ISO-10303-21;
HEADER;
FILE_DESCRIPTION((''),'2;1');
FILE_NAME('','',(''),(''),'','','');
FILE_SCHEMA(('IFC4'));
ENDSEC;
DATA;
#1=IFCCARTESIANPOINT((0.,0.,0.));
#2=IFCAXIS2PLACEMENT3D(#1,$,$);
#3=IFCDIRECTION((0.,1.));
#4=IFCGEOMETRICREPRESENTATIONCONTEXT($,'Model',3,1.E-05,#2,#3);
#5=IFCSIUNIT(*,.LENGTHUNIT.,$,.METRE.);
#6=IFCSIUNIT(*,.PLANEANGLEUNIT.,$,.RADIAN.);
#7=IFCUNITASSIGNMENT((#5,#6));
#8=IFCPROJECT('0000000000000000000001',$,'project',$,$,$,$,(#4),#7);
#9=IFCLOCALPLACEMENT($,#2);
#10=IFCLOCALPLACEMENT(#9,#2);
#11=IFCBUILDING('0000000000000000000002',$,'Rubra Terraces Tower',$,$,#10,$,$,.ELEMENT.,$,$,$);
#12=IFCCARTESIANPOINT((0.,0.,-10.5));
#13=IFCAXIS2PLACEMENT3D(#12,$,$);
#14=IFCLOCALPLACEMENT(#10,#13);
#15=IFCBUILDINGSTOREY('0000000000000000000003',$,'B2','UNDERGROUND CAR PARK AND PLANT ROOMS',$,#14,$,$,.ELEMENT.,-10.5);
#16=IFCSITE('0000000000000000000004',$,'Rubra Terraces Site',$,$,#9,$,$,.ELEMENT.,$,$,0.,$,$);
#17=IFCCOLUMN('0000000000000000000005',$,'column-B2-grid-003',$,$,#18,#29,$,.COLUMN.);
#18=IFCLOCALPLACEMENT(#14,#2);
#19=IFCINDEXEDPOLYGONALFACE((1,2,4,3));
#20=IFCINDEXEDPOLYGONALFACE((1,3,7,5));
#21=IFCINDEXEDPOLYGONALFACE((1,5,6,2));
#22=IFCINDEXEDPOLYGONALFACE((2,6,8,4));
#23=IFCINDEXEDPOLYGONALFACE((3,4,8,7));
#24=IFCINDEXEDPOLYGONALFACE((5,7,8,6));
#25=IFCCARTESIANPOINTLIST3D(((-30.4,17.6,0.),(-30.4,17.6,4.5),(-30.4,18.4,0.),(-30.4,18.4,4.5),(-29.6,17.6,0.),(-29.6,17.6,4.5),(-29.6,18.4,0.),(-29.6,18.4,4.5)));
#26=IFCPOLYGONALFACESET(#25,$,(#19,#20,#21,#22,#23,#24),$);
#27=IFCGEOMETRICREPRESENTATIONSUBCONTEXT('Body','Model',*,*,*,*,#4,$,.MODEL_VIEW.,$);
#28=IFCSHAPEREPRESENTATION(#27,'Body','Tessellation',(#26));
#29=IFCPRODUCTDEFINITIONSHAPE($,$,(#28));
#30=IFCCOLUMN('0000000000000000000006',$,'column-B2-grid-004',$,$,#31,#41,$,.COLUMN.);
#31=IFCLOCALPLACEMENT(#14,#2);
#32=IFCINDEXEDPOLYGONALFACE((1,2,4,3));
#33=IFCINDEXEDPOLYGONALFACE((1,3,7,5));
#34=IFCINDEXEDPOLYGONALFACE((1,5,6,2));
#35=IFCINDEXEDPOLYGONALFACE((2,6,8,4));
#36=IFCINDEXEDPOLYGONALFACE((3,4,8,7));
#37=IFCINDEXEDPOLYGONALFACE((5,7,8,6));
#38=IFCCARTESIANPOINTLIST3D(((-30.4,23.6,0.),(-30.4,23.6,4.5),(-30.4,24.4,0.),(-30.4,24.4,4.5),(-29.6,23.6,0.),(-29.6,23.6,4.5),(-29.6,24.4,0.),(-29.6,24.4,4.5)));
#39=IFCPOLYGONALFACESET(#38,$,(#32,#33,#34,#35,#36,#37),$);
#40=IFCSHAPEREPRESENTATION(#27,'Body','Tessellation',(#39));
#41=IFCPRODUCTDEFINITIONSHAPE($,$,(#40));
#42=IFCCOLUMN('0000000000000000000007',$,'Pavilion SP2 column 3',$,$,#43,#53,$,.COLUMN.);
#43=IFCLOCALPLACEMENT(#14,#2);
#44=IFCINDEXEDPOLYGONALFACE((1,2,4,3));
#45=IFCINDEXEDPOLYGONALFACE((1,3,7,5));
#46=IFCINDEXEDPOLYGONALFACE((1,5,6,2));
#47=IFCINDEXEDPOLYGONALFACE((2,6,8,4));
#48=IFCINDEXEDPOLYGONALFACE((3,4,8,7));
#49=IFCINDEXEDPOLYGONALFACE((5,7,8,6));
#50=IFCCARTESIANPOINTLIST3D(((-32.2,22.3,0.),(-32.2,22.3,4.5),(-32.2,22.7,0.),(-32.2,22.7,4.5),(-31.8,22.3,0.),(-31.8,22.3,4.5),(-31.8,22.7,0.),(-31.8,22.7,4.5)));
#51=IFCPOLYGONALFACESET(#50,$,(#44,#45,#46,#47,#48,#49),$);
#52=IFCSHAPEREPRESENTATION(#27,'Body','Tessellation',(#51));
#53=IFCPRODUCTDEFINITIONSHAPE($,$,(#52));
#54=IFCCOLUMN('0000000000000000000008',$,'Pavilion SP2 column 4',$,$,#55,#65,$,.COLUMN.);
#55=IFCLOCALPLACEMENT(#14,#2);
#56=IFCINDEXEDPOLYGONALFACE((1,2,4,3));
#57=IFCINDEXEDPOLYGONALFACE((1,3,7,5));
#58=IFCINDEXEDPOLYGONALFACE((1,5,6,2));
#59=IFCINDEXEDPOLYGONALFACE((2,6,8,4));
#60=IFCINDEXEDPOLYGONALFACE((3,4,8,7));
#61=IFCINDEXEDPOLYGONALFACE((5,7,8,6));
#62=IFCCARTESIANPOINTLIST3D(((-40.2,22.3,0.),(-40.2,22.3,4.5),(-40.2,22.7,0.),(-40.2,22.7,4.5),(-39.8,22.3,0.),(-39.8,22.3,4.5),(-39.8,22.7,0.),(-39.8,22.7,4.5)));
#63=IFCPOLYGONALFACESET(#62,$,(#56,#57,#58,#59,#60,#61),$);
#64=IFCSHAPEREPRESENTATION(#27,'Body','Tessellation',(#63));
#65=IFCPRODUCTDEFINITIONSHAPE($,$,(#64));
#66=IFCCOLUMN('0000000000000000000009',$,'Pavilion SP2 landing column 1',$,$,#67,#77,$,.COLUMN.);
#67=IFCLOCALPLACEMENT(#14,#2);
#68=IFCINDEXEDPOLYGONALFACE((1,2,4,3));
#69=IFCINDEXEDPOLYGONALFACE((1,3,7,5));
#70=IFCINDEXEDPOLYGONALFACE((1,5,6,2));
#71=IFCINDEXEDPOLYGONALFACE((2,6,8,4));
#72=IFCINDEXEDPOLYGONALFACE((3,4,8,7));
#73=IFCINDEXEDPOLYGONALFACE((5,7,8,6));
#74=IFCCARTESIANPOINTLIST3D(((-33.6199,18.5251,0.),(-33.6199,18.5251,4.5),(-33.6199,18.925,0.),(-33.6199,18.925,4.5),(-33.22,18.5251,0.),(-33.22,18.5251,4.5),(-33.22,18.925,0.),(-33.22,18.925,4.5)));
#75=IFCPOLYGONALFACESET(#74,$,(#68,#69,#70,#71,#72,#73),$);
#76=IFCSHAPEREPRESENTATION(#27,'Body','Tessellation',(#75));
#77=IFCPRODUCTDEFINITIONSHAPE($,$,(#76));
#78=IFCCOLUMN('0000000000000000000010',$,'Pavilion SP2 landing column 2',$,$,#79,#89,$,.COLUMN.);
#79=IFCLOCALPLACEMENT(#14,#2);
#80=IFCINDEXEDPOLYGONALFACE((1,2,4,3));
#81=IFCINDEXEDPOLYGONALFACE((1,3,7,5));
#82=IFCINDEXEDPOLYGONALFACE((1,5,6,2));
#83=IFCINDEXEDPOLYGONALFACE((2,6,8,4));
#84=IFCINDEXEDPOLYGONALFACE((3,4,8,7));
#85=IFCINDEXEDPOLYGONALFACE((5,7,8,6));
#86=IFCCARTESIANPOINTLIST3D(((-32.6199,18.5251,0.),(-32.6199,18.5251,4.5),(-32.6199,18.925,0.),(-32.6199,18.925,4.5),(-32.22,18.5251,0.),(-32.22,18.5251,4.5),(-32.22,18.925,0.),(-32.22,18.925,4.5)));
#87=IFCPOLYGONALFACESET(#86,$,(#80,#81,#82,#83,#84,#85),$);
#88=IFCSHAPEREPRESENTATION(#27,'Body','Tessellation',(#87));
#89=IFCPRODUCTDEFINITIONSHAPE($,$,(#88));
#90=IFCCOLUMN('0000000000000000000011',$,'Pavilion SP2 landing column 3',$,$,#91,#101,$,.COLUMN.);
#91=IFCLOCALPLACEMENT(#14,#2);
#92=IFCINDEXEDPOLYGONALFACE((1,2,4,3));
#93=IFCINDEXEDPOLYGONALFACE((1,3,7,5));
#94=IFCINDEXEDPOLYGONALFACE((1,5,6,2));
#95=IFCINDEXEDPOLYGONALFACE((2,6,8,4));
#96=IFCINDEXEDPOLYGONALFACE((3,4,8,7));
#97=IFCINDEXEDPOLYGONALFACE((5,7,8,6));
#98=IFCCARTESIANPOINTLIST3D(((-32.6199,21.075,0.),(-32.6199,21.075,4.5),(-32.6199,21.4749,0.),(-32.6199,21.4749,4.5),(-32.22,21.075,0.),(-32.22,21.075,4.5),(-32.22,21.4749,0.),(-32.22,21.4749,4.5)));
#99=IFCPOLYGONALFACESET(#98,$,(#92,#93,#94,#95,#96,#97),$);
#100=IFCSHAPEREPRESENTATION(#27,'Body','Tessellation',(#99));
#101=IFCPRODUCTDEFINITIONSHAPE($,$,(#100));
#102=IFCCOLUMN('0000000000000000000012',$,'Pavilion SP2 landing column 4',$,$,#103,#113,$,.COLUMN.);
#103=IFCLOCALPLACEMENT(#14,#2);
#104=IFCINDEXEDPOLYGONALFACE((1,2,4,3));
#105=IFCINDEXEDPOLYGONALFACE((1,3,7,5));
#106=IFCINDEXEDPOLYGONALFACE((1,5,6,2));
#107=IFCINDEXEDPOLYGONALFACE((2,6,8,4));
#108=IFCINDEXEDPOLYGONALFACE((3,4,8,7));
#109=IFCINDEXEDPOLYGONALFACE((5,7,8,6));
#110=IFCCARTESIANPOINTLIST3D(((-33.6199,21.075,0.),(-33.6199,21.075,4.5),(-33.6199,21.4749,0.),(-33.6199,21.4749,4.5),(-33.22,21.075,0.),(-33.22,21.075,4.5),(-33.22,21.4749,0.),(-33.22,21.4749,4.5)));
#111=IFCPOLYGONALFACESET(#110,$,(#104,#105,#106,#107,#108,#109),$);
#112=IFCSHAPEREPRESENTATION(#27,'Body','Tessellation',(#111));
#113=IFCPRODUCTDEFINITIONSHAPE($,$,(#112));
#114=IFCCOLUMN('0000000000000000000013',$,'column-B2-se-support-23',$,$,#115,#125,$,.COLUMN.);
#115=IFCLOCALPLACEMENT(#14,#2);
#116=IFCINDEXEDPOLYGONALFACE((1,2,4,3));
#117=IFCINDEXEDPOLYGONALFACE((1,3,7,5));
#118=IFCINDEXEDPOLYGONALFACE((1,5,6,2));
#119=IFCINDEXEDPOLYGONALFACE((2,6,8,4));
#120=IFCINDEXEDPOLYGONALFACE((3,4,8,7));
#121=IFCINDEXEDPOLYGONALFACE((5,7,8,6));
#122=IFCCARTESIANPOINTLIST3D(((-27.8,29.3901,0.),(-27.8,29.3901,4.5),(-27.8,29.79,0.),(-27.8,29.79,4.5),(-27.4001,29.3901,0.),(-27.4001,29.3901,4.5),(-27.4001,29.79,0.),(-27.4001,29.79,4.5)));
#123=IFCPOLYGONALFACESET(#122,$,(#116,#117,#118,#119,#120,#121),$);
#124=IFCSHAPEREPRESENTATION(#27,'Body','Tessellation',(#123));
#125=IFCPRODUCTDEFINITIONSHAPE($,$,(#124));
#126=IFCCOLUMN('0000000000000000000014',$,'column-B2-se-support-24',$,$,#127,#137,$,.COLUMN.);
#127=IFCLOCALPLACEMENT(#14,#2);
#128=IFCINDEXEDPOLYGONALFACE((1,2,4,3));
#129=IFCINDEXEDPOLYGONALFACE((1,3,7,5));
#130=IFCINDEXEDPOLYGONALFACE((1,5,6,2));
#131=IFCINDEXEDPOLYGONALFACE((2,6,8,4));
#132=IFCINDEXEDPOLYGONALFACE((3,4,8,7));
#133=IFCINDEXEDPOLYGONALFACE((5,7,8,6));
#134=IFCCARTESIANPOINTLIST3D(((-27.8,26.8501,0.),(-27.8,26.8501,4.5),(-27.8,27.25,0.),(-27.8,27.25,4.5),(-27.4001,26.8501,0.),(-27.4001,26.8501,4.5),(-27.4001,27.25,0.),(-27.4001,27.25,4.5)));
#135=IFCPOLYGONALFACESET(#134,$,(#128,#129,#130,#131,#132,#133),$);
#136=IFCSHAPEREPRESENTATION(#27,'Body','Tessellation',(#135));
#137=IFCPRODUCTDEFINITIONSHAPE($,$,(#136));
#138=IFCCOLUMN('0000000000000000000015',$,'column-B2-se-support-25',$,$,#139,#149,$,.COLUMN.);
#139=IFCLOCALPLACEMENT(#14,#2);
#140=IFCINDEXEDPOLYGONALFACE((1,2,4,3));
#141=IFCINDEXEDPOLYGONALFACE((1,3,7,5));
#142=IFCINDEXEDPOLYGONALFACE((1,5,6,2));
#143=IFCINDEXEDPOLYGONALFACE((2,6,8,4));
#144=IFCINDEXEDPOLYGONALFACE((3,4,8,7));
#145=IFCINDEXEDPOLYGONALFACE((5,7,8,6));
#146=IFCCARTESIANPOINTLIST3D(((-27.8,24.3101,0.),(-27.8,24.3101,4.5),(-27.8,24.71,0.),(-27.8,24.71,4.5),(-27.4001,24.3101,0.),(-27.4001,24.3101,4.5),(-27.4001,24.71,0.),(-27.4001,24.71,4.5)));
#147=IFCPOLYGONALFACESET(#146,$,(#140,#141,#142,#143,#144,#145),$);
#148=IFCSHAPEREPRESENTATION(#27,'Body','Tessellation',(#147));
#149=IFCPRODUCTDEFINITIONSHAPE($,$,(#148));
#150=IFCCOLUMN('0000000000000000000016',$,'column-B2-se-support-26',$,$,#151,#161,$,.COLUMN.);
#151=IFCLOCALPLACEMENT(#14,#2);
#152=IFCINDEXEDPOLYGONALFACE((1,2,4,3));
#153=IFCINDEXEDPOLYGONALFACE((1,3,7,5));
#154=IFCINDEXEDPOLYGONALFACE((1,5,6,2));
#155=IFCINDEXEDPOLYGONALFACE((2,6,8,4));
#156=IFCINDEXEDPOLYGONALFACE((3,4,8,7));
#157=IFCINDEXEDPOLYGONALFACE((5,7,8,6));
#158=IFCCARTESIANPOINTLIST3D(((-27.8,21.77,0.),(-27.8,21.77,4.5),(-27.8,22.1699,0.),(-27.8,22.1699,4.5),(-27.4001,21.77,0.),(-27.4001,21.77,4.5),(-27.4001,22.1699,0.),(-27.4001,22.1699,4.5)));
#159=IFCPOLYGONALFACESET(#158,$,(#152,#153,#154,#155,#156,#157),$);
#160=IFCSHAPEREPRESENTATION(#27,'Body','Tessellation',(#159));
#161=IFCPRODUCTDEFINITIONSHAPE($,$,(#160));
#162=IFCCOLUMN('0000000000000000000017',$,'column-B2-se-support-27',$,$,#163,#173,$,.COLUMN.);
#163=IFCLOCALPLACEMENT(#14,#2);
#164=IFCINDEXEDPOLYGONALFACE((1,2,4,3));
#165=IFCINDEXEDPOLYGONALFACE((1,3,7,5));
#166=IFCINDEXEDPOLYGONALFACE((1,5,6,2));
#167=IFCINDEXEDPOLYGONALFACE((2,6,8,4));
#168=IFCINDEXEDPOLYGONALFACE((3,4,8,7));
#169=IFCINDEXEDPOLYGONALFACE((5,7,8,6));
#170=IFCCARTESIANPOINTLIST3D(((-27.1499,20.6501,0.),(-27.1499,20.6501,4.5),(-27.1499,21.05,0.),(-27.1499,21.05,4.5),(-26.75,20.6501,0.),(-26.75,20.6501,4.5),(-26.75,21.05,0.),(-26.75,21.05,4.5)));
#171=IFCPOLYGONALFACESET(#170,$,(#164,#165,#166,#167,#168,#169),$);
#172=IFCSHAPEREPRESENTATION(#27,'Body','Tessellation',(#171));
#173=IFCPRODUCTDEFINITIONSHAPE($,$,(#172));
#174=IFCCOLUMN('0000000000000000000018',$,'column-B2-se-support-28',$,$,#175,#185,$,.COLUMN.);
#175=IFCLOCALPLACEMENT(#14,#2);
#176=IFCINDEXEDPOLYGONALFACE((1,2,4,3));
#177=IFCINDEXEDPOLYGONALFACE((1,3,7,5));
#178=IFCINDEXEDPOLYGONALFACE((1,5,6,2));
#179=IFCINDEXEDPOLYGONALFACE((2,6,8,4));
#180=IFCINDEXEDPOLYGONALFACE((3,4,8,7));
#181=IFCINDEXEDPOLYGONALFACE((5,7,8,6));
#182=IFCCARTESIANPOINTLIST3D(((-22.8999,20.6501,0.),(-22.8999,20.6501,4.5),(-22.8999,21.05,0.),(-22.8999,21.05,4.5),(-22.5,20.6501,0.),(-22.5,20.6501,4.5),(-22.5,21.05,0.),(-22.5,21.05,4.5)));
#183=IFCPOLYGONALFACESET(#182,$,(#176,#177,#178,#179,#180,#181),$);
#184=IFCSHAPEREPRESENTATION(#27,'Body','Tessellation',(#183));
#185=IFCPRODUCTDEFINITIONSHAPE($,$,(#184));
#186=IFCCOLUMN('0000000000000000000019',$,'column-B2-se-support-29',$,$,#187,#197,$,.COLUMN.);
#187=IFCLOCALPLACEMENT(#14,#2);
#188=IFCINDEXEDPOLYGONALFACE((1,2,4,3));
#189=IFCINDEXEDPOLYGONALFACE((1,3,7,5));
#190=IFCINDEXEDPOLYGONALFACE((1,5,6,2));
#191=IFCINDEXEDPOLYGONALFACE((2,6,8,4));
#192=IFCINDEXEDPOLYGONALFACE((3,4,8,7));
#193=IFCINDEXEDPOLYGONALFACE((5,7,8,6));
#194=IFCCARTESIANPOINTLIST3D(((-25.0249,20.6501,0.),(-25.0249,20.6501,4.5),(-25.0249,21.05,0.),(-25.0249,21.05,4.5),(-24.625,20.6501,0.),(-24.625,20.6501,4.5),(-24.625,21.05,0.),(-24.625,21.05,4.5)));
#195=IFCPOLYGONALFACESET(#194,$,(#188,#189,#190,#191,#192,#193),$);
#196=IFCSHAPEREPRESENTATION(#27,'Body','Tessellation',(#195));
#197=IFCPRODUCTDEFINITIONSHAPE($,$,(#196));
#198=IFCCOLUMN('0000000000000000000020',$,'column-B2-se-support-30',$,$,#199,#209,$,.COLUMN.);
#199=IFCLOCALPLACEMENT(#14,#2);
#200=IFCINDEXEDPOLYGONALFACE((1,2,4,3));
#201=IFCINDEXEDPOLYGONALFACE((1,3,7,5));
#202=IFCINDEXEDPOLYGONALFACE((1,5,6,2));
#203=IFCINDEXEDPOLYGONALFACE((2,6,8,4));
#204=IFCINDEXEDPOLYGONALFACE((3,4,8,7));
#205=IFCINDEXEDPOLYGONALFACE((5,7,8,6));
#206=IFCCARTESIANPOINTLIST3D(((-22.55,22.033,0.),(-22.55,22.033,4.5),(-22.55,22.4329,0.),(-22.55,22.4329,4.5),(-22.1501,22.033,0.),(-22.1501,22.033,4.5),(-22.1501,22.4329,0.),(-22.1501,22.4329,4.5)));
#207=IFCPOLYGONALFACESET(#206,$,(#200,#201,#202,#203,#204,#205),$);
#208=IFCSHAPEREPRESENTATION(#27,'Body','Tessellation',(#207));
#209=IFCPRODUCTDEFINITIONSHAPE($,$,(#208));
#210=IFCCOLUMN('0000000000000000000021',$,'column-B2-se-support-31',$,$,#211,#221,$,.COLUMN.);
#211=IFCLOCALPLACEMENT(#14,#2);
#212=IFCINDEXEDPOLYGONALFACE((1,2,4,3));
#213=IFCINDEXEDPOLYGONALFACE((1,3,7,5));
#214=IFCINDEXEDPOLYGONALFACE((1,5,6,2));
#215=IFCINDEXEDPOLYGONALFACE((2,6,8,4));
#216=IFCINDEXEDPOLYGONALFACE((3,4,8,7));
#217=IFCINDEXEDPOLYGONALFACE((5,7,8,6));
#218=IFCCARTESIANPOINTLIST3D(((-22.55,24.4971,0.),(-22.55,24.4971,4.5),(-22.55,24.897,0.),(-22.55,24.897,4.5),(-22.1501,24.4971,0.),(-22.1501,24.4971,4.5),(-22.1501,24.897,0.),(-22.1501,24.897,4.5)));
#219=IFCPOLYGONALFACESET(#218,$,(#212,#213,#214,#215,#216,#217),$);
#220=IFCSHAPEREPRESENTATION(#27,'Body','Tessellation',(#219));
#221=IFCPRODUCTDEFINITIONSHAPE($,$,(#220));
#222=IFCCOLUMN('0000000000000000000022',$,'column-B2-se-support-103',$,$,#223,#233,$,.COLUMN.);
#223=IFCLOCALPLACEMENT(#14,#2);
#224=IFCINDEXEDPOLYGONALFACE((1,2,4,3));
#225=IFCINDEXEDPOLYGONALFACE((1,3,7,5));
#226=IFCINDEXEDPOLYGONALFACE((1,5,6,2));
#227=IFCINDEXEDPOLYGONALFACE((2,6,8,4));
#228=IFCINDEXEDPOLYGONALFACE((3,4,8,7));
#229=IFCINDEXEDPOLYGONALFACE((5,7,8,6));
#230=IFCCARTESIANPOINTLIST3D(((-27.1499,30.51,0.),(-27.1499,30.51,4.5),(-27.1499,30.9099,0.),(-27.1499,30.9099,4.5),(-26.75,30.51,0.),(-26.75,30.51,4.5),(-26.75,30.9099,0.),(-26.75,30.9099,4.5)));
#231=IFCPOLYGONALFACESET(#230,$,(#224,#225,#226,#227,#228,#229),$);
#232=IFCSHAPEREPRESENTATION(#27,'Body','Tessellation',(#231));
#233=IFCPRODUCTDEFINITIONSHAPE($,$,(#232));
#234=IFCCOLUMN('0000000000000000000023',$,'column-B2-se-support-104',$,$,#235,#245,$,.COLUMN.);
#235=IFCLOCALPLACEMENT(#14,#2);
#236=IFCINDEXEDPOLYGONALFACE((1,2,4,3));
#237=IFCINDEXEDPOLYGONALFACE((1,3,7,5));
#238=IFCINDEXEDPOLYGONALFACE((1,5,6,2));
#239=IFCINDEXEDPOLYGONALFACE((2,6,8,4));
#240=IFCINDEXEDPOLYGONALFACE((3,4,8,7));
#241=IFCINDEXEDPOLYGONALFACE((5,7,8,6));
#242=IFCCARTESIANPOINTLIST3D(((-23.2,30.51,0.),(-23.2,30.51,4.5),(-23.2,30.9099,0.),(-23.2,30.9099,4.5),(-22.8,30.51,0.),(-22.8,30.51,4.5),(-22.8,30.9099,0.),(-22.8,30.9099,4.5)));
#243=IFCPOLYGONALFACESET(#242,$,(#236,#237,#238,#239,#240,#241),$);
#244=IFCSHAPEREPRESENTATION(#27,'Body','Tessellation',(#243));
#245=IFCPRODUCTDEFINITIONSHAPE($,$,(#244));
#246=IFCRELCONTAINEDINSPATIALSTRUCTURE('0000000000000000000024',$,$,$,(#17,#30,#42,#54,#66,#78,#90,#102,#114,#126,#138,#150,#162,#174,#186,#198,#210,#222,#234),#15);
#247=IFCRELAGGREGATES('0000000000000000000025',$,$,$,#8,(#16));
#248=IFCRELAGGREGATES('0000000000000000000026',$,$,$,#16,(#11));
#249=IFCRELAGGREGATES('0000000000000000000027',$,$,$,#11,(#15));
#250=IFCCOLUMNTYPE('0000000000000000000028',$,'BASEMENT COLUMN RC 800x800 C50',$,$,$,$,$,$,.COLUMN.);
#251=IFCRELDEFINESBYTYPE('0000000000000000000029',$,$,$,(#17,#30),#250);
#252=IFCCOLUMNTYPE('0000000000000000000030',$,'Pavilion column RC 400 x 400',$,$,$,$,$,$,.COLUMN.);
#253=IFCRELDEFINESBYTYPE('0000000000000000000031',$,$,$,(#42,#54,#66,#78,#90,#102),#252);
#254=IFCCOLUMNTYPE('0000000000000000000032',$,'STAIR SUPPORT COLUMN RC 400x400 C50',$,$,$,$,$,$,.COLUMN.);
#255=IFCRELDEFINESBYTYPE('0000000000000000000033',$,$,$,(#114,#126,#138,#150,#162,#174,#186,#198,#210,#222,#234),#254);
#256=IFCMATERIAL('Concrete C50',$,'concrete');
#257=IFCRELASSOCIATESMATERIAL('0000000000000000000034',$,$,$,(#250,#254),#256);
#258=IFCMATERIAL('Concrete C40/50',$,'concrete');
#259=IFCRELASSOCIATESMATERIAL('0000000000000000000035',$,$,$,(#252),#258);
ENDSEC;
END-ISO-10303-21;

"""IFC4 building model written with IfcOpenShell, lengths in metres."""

from ifc_helpers import new_model, si_unit, direction, frame, origin, origin_2d, place, context, subcontext, project, spatial, rectangle, extrude, material, material_profile, profile_set, type_object, element, save


model = new_model("IFC4")

# Units and contexts
model_context = context("Model", 3, precision=1e-05, world=origin(), true_north=direction((0.0, 1.0)))
body_context = subcontext(model_context, "Body", "Model", "MODEL_VIEW")
ifc_project = project(units=[si_unit("LENGTHUNIT", "METRE"), si_unit("PLANEANGLEUNIT", "RADIAN")], contexts=[model_context])

# Site, building, storey
site_placement = place(None, origin())
site = spatial("IfcSite", under=ifc_project, at=site_placement, Name="Rubra Terraces Site", CompositionType="ELEMENT", RefElevation=0.0)
building_placement = place(site_placement, origin())
building = spatial("IfcBuilding", under=site, at=building_placement, Name="Rubra Terraces Tower", CompositionType="ELEMENT")
storey_placement = place(building_placement, frame((0.0, 0.0, -10.5)))
storey = spatial("IfcBuildingStorey", under=building, at=storey_placement, Name="B2", Description="UNDERGROUND CAR PARK AND PLANT ROOMS", CompositionType="ELEMENT", Elevation=-10.5)

# Columns
ifc_material_1 = material(Name="Concrete C50", Category="concrete")
ifc_material_profile_1 = material_profile(ifc_material_1, rectangle(XDim=0.8, YDim=0.8, at=origin_2d()), Name="RC 800x800")
ifc_profile_set_1 = profile_set([ifc_material_profile_1], Name="Concrete C50")
column_type_1 = type_object("IfcColumnType", Name="BASEMENT COLUMN RC 800x800 C50", PredefinedType="COLUMN", material=ifc_profile_set_1)
for number, where, z_axis, x_axis, name in (
    (1, (-30.0, 18.0, 0.0), (0.0, 0.0, 1.0), (1.0, 0.0, 0.0), "column-B2-grid-003"),
    (2, (-30.0, 24.0, 0.0), (0.0, 0.0, 1.0), (1.0, 0.0, 0.0), "column-B2-grid-004"),
):
    element("IfcColumn", number, at=place(storey_placement, frame(where, z_axis=z_axis, x_axis=x_axis)), inside=storey, type_object=column_type_1, Name=name, PredefinedType="COLUMN", context=body_context, shape_type="SweptSolid", body=[
        extrude(rectangle(XDim=0.8, YDim=0.8, at=origin_2d()), origin(), (0.0, 0.0, 1.0), 4.5),
    ])
ifc_material_2 = material(Name="Concrete C40/50", Category="concrete")
ifc_material_profile_2 = material_profile(ifc_material_2, rectangle(XDim=0.3999, YDim=0.3999, at=origin_2d()), Name="RC 400x400")
ifc_profile_set_2 = profile_set([ifc_material_profile_2], Name="Concrete C40/50")
column_type_2 = type_object("IfcColumnType", Name="Pavilion column RC 400 x 400", PredefinedType="COLUMN", material=ifc_profile_set_2)
for number, where, z_axis, x_axis, name in (
    (3, (-32.0, 22.5, 0.0), (0.0, 0.0, 1.0), (1.0, 0.0, 0.0), "Pavilion SP2 column 3"),
    (4, (-40.0, 22.5, 0.0), (0.0, 0.0, 1.0), (1.0, 0.0, 0.0), "Pavilion SP2 column 4"),
    (5, (-33.4199, 18.7251, 0.0), (0.0, 0.0, 1.0), (1.0, 0.0, 0.0), "Pavilion SP2 landing column 1"),
    (6, (-32.4199, 18.7251, 0.0), (0.0, 0.0, 1.0), (1.0, 0.0, 0.0), "Pavilion SP2 landing column 2"),
    (7, (-32.4199, 21.2749, 0.0), (0.0, 0.0, 1.0), (1.0, 0.0, 0.0), "Pavilion SP2 landing column 3"),
    (8, (-33.4199, 21.2749, 0.0), (0.0, 0.0, 1.0), (1.0, 0.0, 0.0), "Pavilion SP2 landing column 4"),
):
    element("IfcColumn", number, at=place(storey_placement, frame(where, z_axis=z_axis, x_axis=x_axis)), inside=storey, type_object=column_type_2, Name=name, PredefinedType="COLUMN", context=body_context, shape_type="SweptSolid", body=[
        extrude(rectangle(XDim=0.3999, YDim=0.3999, at=origin_2d()), origin(), (0.0, 0.0, 1.0), 4.5),
    ])
ifc_material_profile_3 = material_profile(ifc_material_1, rectangle(XDim=0.3999, YDim=0.3999, at=origin_2d()), Name="RC 400x400")
ifc_profile_set_3 = profile_set([ifc_material_profile_3], Name="Concrete C50")
column_type_3 = type_object("IfcColumnType", Name="STAIR SUPPORT COLUMN RC 400x400 C50", PredefinedType="COLUMN", material=ifc_profile_set_3)
for number, where, z_axis, x_axis, name in (
    (9, (-27.6001, 29.5901, 0.0), (0.0, 0.0, 1.0), (1.0, 0.0, 0.0), "column-B2-se-support-23"),
    (10, (-27.6001, 27.05, 0.0), (0.0, 0.0, 1.0), (1.0, 0.0, 0.0), "column-B2-se-support-24"),
    (11, (-27.6001, 24.51, 0.0), (0.0, 0.0, 1.0), (1.0, 0.0, 0.0), "column-B2-se-support-25"),
    (12, (-27.6001, 21.97, 0.0), (0.0, 0.0, 1.0), (1.0, 0.0, 0.0), "column-B2-se-support-26"),
    (13, (-26.95, 20.8501, 0.0), (0.0, 0.0, 1.0), (1.0, 0.0, 0.0), "column-B2-se-support-27"),
    (14, (-22.7, 20.8501, 0.0), (0.0, 0.0, 1.0), (1.0, 0.0, 0.0), "column-B2-se-support-28"),
    (15, (-24.825, 20.8501, 0.0), (0.0, 0.0, 1.0), (1.0, 0.0, 0.0), "column-B2-se-support-29"),
    (16, (-22.3501, 22.2329, 0.0), (0.0, 0.0, 1.0), (1.0, 0.0, 0.0), "column-B2-se-support-30"),
    (17, (-22.3501, 24.697, 0.0), (0.0, 0.0, 1.0), (1.0, 0.0, 0.0), "column-B2-se-support-31"),
    (18, (-26.95, 30.71, 0.0), (0.0, 0.0, 1.0), (1.0, 0.0, 0.0), "column-B2-se-support-103"),
    (19, (-23.0, 30.71, 0.0), (0.0, 0.0, 1.0), (1.0, 0.0, 0.0), "column-B2-se-support-104"),
):
    element("IfcColumn", number, at=place(storey_placement, frame(where, z_axis=z_axis, x_axis=x_axis)), inside=storey, type_object=column_type_3, Name=name, PredefinedType="COLUMN", context=body_context, shape_type="SweptSolid", body=[
        extrude(rectangle(XDim=0.3999, YDim=0.3999, at=origin_2d()), origin(), (0.0, 0.0, 1.0), 4.5),
    ])

save(model, "model.ifc")
